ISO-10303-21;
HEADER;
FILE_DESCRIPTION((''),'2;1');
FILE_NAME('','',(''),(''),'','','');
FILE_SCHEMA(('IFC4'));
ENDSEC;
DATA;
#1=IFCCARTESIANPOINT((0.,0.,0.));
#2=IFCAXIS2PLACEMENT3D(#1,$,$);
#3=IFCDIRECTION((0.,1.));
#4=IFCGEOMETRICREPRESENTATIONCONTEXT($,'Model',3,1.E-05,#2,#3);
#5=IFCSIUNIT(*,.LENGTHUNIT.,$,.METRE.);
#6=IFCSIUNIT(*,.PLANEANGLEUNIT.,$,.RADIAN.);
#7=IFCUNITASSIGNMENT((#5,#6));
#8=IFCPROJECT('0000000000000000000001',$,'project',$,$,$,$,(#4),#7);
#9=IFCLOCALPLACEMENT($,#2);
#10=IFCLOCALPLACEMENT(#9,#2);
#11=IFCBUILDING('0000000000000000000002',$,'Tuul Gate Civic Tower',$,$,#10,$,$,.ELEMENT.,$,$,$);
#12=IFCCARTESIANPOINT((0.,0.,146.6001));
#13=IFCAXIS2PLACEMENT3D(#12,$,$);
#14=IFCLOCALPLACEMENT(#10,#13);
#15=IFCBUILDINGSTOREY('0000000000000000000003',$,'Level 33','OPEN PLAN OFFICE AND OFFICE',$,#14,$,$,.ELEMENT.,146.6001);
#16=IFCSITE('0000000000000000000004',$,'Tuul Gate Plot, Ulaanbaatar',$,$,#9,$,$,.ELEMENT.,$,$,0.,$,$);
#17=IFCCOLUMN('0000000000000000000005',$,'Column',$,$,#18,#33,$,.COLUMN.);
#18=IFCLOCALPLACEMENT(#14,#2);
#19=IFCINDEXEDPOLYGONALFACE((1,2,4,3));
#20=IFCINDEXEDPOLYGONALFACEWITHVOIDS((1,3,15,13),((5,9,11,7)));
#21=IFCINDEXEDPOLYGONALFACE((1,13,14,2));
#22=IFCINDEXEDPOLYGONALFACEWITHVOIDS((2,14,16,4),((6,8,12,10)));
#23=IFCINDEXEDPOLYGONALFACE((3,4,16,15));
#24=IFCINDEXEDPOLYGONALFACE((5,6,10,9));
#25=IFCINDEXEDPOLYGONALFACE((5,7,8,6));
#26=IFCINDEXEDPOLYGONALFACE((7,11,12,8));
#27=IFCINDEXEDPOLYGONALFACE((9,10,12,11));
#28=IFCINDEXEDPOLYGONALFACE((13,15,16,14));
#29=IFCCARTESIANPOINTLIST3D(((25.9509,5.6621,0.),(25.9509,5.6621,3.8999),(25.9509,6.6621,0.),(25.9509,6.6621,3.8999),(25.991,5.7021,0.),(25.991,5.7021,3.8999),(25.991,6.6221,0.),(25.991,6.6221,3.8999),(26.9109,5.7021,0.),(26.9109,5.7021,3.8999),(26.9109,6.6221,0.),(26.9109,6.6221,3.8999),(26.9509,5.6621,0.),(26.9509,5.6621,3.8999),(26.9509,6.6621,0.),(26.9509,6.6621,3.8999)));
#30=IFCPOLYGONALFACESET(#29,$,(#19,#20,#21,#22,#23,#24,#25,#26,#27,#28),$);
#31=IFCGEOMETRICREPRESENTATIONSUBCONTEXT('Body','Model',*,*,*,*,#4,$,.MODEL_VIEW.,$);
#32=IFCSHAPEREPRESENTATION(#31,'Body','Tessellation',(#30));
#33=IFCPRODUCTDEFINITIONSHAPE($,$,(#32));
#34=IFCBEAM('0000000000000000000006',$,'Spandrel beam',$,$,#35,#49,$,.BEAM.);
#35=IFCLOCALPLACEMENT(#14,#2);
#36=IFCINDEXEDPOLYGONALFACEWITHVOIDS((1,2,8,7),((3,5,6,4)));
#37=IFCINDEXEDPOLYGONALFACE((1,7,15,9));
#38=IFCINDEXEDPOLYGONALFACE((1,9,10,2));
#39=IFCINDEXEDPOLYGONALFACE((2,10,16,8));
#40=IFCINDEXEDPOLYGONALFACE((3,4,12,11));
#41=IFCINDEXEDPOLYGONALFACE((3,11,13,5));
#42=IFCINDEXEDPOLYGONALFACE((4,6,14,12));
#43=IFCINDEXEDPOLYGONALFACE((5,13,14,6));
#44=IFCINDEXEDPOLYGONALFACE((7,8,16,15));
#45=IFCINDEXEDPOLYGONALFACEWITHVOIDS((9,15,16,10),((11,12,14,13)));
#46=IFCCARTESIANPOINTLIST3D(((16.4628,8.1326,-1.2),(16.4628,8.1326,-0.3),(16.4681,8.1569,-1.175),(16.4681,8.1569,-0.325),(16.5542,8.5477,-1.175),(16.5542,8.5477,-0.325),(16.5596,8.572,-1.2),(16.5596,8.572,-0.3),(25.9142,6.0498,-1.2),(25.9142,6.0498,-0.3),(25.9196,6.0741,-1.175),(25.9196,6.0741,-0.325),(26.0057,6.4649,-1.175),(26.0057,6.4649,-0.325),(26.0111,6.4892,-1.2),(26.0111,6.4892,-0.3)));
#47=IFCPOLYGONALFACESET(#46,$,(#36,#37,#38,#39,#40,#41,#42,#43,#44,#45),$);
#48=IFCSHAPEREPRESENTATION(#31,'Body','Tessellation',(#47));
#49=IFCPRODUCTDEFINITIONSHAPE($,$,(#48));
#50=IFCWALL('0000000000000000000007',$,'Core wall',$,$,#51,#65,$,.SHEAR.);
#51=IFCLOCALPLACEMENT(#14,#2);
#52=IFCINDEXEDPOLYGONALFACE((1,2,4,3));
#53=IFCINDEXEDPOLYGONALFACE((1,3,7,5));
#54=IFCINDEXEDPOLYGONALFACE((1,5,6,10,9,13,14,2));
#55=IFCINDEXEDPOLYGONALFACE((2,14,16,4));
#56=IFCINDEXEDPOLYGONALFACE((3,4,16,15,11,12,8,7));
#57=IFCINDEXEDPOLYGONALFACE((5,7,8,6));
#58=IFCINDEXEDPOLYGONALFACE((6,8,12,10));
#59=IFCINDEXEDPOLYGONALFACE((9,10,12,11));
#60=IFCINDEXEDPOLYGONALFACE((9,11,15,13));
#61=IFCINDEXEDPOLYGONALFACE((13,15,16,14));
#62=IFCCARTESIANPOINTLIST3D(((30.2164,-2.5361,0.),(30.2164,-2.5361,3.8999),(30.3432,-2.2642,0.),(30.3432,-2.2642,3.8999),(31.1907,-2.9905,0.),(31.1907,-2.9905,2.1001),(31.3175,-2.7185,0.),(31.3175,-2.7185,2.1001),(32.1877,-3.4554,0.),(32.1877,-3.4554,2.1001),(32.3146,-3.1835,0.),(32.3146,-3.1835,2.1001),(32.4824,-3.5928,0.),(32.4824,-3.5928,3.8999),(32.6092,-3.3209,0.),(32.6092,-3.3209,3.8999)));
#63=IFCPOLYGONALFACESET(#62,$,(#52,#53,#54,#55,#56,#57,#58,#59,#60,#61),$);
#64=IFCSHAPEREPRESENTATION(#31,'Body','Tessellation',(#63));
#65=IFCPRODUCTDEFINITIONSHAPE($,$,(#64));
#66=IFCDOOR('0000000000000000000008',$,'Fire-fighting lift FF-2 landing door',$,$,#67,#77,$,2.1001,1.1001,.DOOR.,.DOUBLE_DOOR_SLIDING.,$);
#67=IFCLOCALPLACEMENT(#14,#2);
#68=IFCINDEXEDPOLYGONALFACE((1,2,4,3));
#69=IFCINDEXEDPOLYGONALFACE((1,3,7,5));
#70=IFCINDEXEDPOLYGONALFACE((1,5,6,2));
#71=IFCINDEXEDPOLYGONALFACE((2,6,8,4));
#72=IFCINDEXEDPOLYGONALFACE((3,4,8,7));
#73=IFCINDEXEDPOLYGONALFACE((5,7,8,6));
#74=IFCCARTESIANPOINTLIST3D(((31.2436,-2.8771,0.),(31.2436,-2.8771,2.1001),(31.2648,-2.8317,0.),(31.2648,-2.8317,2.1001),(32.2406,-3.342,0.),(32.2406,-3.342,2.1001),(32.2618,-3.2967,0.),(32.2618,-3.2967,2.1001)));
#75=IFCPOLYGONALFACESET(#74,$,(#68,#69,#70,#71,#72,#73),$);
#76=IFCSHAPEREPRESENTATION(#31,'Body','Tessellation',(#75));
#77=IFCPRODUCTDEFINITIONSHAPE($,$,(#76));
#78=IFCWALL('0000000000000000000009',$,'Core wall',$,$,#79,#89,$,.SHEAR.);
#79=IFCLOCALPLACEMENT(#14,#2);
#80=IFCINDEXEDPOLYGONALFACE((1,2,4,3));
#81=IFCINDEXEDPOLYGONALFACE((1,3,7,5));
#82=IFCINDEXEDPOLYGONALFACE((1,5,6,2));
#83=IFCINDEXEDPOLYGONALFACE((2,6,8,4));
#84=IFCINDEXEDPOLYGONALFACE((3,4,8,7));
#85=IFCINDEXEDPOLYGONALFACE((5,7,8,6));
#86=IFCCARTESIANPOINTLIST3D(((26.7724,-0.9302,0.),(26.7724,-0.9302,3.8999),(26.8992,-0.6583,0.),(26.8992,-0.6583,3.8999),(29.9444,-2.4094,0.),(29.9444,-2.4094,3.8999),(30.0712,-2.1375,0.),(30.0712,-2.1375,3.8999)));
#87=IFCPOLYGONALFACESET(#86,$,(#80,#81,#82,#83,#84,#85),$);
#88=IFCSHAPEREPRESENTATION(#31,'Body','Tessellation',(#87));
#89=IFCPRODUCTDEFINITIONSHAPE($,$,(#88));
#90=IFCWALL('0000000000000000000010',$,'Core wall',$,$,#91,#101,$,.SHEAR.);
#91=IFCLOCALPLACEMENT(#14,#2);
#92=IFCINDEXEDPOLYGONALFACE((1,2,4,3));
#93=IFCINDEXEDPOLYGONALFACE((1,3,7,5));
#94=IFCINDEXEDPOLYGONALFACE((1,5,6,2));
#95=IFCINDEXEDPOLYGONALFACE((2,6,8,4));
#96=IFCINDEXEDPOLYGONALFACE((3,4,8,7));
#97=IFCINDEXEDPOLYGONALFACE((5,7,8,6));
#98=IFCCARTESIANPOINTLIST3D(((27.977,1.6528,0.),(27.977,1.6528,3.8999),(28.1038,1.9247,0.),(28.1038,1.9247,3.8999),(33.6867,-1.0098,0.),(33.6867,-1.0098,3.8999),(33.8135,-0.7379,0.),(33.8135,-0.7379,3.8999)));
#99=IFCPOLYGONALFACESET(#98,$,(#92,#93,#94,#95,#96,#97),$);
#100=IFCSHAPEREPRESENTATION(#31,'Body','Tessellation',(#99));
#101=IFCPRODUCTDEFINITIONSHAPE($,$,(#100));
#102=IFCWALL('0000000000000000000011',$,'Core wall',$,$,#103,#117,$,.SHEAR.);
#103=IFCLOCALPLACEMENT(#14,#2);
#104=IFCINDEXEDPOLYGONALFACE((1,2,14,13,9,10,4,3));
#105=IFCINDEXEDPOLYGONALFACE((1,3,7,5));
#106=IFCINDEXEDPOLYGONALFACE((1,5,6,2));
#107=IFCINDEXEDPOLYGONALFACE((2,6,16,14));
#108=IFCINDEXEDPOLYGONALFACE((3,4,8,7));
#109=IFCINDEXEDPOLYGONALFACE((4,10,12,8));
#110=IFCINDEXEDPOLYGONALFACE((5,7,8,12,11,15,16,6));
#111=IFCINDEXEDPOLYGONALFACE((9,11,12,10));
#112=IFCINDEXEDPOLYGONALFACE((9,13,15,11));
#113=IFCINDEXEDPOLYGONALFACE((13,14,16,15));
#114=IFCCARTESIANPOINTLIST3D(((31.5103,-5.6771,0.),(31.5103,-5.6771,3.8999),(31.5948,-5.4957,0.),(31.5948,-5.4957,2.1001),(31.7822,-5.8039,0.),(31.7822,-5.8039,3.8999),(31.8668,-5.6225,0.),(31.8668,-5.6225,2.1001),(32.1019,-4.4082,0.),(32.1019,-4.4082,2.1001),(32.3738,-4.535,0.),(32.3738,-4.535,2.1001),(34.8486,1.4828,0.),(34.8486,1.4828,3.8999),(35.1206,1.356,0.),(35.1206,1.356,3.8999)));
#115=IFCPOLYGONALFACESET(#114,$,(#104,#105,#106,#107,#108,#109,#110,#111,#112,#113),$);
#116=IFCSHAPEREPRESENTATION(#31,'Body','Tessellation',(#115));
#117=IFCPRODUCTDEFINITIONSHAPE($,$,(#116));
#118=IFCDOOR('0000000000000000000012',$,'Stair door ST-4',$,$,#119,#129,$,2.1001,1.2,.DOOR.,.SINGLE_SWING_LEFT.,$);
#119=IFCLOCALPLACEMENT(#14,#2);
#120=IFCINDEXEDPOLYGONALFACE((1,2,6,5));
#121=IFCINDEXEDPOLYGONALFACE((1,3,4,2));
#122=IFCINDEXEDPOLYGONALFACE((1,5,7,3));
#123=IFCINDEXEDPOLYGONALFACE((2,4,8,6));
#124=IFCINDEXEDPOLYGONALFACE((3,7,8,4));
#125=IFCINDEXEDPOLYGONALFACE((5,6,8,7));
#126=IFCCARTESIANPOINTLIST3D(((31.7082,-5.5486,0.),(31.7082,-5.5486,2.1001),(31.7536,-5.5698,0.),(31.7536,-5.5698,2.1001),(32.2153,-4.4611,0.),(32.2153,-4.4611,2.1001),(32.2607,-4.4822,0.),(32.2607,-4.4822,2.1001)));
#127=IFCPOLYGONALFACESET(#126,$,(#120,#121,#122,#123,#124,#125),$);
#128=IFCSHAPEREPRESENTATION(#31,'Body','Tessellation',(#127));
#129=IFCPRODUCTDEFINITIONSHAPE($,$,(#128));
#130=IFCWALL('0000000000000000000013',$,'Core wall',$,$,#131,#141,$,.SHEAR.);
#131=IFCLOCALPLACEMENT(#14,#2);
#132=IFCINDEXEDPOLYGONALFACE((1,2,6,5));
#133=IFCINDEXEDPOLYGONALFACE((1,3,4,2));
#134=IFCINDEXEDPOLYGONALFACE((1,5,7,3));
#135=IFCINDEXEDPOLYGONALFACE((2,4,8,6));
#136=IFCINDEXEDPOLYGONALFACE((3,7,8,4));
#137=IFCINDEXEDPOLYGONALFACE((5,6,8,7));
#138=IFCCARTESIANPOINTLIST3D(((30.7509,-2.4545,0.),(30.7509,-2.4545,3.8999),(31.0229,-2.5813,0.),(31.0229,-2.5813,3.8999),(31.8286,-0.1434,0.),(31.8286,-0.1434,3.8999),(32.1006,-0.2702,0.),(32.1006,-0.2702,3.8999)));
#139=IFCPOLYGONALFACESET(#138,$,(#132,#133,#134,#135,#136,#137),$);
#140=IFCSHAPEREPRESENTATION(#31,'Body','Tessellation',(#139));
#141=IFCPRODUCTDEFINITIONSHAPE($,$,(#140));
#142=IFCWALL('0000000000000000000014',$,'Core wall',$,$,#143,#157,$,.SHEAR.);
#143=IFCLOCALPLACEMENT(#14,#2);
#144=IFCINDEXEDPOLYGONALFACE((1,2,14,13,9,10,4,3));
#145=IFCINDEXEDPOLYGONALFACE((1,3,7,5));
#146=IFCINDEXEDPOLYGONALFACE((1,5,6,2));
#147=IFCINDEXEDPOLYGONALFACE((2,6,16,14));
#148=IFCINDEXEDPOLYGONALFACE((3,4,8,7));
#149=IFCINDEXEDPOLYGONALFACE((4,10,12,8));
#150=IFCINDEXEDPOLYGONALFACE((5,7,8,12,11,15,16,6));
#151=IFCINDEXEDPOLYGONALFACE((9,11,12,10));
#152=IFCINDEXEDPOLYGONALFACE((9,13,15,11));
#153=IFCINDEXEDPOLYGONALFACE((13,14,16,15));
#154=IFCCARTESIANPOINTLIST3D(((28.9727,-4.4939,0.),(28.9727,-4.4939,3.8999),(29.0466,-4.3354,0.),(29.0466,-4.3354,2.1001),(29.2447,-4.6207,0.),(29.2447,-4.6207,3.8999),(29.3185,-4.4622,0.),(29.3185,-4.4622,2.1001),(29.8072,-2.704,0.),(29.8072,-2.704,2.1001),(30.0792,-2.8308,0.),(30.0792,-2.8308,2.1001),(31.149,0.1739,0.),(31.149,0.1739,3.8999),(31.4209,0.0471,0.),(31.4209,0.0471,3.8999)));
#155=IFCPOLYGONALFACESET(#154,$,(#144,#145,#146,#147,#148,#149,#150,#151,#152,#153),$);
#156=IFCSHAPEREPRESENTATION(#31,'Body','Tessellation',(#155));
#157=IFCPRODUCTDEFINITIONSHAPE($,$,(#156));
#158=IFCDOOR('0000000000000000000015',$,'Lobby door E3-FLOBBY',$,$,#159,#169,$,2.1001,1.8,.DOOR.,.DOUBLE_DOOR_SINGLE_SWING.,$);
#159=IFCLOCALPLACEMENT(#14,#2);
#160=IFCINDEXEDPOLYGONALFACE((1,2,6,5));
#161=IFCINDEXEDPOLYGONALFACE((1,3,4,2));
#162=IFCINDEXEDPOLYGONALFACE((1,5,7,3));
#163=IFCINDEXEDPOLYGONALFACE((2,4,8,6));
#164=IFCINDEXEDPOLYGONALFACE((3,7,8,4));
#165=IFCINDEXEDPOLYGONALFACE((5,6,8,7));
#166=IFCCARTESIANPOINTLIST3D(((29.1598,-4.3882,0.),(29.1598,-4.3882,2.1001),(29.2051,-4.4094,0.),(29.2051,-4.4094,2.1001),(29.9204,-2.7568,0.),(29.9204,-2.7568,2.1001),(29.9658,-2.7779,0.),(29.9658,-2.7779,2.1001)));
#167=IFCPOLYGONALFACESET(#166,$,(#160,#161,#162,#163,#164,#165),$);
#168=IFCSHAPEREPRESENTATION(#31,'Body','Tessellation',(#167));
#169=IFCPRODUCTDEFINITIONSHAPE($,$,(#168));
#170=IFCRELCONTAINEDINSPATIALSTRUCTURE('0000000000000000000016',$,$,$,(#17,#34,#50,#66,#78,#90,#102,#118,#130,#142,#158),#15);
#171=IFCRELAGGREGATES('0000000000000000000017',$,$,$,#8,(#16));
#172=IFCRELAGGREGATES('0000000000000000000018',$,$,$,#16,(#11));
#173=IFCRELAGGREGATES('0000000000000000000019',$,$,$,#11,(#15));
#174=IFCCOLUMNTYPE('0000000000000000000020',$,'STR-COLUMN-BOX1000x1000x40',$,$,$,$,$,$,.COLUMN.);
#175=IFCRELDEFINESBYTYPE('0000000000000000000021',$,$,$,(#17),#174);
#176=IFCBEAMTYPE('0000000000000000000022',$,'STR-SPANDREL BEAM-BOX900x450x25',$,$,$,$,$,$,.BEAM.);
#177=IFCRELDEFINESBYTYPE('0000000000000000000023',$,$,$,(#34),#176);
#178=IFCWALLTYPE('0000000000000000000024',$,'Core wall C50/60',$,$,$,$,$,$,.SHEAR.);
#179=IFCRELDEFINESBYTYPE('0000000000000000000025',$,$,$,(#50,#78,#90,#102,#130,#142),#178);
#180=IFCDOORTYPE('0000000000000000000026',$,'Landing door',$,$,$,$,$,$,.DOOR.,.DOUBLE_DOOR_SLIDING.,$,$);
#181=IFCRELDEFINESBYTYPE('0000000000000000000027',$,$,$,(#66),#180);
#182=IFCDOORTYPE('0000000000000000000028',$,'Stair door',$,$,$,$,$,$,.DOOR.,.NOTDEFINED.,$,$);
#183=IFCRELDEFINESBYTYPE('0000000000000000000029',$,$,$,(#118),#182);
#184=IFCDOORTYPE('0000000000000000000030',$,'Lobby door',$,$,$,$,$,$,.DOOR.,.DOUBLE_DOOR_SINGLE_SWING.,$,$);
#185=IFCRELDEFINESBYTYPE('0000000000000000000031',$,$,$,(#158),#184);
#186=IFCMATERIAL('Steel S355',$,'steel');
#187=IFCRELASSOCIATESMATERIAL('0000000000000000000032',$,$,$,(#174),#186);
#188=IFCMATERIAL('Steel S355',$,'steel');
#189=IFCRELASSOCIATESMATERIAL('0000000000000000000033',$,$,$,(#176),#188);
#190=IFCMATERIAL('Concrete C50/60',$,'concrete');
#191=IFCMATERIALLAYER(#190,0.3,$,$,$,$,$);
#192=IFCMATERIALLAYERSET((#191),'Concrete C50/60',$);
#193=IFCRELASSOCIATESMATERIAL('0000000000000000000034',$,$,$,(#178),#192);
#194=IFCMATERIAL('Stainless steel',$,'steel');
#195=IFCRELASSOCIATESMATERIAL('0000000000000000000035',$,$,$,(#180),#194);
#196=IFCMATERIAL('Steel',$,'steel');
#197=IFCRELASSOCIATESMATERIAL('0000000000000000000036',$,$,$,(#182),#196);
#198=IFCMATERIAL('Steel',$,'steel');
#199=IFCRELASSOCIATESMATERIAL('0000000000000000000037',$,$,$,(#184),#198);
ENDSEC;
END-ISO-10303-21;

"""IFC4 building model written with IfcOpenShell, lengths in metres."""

from ifc_helpers import new_model, si_unit, direction, frame, frame_2d, origin, origin_2d, place, context, subcontext, project, spatial, rectangle, hollow_rectangle, extrude, material, layer, layer_set, material_profile, profile_set, type_object, element, fill, save


model = new_model("IFC4")

# Units and contexts
model_context = context("Model", 3, precision=1e-05, world=origin(), true_north=direction((0.0, 1.0)))
body_context = subcontext(model_context, "Body", "Model", "MODEL_VIEW")
ifc_project = project(units=[si_unit("LENGTHUNIT", "METRE"), si_unit("PLANEANGLEUNIT", "RADIAN")], contexts=[model_context])

# Site, building, storey
site_placement = place(None, origin())
site = spatial("IfcSite", under=ifc_project, at=site_placement, Name="Tuul Gate Plot, Ulaanbaatar", CompositionType="ELEMENT", RefElevation=0.0)
building_placement = place(site_placement, origin())
building = spatial("IfcBuilding", under=site, at=building_placement, Name="Tuul Gate Civic Tower", CompositionType="ELEMENT")
storey_placement = place(building_placement, frame((0.0, 0.0, 146.6001)))
storey = spatial("IfcBuildingStorey", under=building, at=storey_placement, Name="Level 33", Description="OPEN PLAN OFFICE AND OFFICE", CompositionType="ELEMENT", Elevation=146.6001)

# Column
ifc_material_1 = material(Name="Steel S355", Category="steel")
ifc_material_profile_1 = material_profile(ifc_material_1, hollow_rectangle(XDim=1.0, YDim=1.0, WallThickness=0.04, at=origin_2d()), Name="BOX1000x1000x40")
ifc_profile_set_1 = profile_set([ifc_material_profile_1], Name="Steel S355")
column_type = type_object("IfcColumnType", Name="STR-COLUMN-BOX1000x1000x40", PredefinedType="COLUMN", material=ifc_profile_set_1)
column_placement = place(storey_placement, frame((26.4509, 6.1621, 0.0), z_axis=(0.0, 0.0, 1.0), x_axis=(1.0, 0.0, 0.0)))
element("IfcColumn", 1, at=column_placement, inside=storey, type_object=column_type, Name="Column", PredefinedType="COLUMN", context=body_context, shape_type="SweptSolid", body=[
    extrude(hollow_rectangle(XDim=1.0, YDim=1.0, WallThickness=0.04, at=origin_2d()), origin(), (0.0, 0.0, 1.0), 3.8999),
])

# Beam
ifc_material_2 = material(Name="Steel S355", Category="steel")
ifc_material_profile_2 = material_profile(ifc_material_2, hollow_rectangle(XDim=0.45, YDim=0.8999, WallThickness=0.0249, at=origin_2d()), Name="BOX900x450x25")
ifc_profile_set_2 = profile_set([ifc_material_profile_2], Name="Steel S355")
beam_type = type_object("IfcBeamType", Name="STR-SPANDREL BEAM-BOX900x450x25", PredefinedType="BEAM", material=ifc_profile_set_2)
beam_placement = place(storey_placement, frame((25.9626, 6.2695, -0.75), z_axis=(-0.97657, 0.215202, 0.0), x_axis=(-0.215202, -0.97657, 0.0)))
element("IfcBeam", 2, at=beam_placement, inside=storey, type_object=beam_type, Name="Spandrel beam", PredefinedType="BEAM", context=body_context, shape_type="SweptSolid", body=[
    extrude(hollow_rectangle(XDim=0.45, YDim=0.8999, WallThickness=0.0249, at=origin_2d()), origin(), (0.0, 0.0, 1.0), 9.6782),
])

# Wall, opening, door
ifc_material_3 = material(Name="Concrete C50/60", Category="concrete")
ifc_layer_1 = layer(ifc_material_3, 0.3)
ifc_layer_set_1 = layer_set([ifc_layer_1], Name="Concrete C50/60")
wall_type_1 = type_object("IfcWallType", Name="Core wall C50/60", PredefinedType="SHEAR", material=ifc_layer_set_1)
wall_1_placement = place(storey_placement, frame((32.5457, -3.4568, 0.0), z_axis=(0.0, 0.0, 1.0), x_axis=(-0.9063, 0.422634, 0.0)))
wall_1 = element("IfcWall", 3, at=wall_1_placement, inside=storey, type_object=wall_type_1, Name="Core wall", PredefinedType="SHEAR", context=body_context, shape_type="SweptSolid", body=[
    extrude(rectangle(XDim=2.5002, YDim=0.3, at=frame_2d((1.25, 0.0))), origin(), (0.0, 0.0, 1.0), 3.8999),
])
opening_1_placement = place(wall_1_placement, frame((0.325, 0.0, 0.0)))
opening_1 = element("IfcOpeningElement", 4, at=opening_1_placement, cuts=wall_1, PredefinedType="OPENING", context=body_context, shape_type="SweptSolid", body=[
    extrude(rectangle(XDim=1.1001, YDim=2.1001, at=frame_2d((0.55, 1.05))), frame((0.0, 0.1602, 0.0), z_axis=(0.0, -1.0, 0.0), x_axis=(1.0, 0.0, 0.0)), (0.0, 0.0, 1.0), 0.3201),
])
ifc_material_4 = material(Name="Stainless steel", Category="steel")
door_type_1 = type_object("IfcDoorType", Name="Landing door", OperationType="DOUBLE_DOOR_SLIDING", PredefinedType="DOOR", material=ifc_material_4)
door_1_placement = place(opening_1_placement, origin())
door_1 = element("IfcDoor", 5, at=door_1_placement, inside=storey, type_object=door_type_1, Name="Fire-fighting lift FF-2 landing door", OperationType="DOUBLE_DOOR_SLIDING", OverallHeight=2.1001, OverallWidth=1.1001, PredefinedType="DOOR", context=body_context, shape_type="SweptSolid", body=[
    extrude(rectangle(XDim=1.1001, YDim=2.1001, at=frame_2d((0.55, 1.05))), frame((0.0, 0.0249, 0.0), z_axis=(0.0, -1.0, 0.0), x_axis=(1.0, 0.0, 0.0)), (0.0, 0.0, 1.0), 0.05),
])
fill(opening_1, door_1)

# Walls
wall_2_placement = place(storey_placement, frame((30.0078, -2.2734, 0.0), z_axis=(0.0, 0.0, 1.0), x_axis=(-0.906301, 0.422633, 0.0)))
element("IfcWall", 6, at=wall_2_placement, inside=storey, type_object=wall_type_1, Name="Core wall", PredefinedType="SHEAR", context=body_context, shape_type="SweptSolid", body=[
    extrude(rectangle(XDim=3.5, YDim=0.3, at=frame_2d((1.75, 0.0))), origin(), (0.0, 0.0, 1.0), 3.8999),
])
wall_3_placement = place(storey_placement, frame((33.75, -0.8738, 0.0), z_axis=(0.0, 0.0, 1.0), x_axis=(-0.906301, 0.422633, 0.0)))
element("IfcWall", 7, at=wall_3_placement, inside=storey, type_object=wall_type_1, Name="Core wall", PredefinedType="SHEAR", context=body_context, shape_type="SweptSolid", body=[
    extrude(rectangle(XDim=6.3, YDim=0.3, at=frame_2d((3.1499, 0.0))), origin(), (0.0, 0.0, 1.0), 3.8999),
])

# Wall, opening, door
wall_4_placement = place(storey_placement, frame((31.6462, -5.7405, 0.0), z_axis=(0.0, 0.0, 1.0), x_axis=(0.422583, 0.906324, 0.0)))
wall_4 = element("IfcWall", 8, at=wall_4_placement, inside=storey, type_object=wall_type_1, Name="Core wall", PredefinedType="SHEAR", context=body_context, shape_type="SweptSolid", body=[
    extrude(rectangle(XDim=7.8999, YDim=0.3, at=frame_2d((3.95, 0.0))), origin(), (0.0, 0.0, 1.0), 3.8999),
])
opening_2_placement = place(wall_4_placement, frame((0.2, 0.0, 0.0)))
opening_2 = element("IfcOpeningElement", 9, at=opening_2_placement, cuts=wall_4, PredefinedType="OPENING", context=body_context, shape_type="SweptSolid", body=[
    extrude(rectangle(XDim=1.2, YDim=2.1001, at=frame_2d((0.6001, 1.05))), frame((0.0, 0.1602, 0.0), z_axis=(0.0, -1.0, 0.0), x_axis=(1.0, 0.0, 0.0)), (0.0, 0.0, 1.0), 0.3201),
])
ifc_material_5 = material(Name="Steel", Category="steel")
door_type_2 = type_object("IfcDoorType", Name="Stair door", OperationType="NOTDEFINED", PredefinedType="DOOR", material=ifc_material_5)
door_2_placement = place(opening_2_placement, origin())
door_2 = element("IfcDoor", 10, at=door_2_placement, inside=storey, type_object=door_type_2, Name="Stair door ST-4", OperationType="SINGLE_SWING_LEFT", OverallHeight=2.1001, OverallWidth=1.2, PredefinedType="DOOR", context=body_context, shape_type="SweptSolid", body=[
    extrude(rectangle(XDim=1.2, YDim=2.1001, at=frame_2d((0.6001, 1.05))), frame((0.0, 0.0249, 0.0), z_axis=(0.0, -1.0, 0.0), x_axis=(1.0, 0.0, 0.0)), (0.0, 0.0, 1.0), 0.05),
])
fill(opening_2, door_2)

# Wall
wall_5_placement = place(storey_placement, frame((30.887, -2.5178, 0.0), z_axis=(0.0, 0.0, 1.0), x_axis=(0.422613, 0.90631, 0.0)))
element("IfcWall", 11, at=wall_5_placement, inside=storey, type_object=wall_type_1, Name="Core wall", PredefinedType="SHEAR", context=body_context, shape_type="SweptSolid", body=[
    extrude(rectangle(XDim=2.55, YDim=0.3, at=frame_2d((1.2749, 0.0))), origin(), (0.0, 0.0, 1.0), 3.8999),
])

# Wall, opening, door
wall_6_placement = place(storey_placement, frame((29.1086, -4.5574, 0.0), z_axis=(0.0, 0.0, 1.0), x_axis=(0.422566, 0.906332, 0.0)))
wall_6 = element("IfcWall", 12, at=wall_6_placement, inside=storey, type_object=wall_type_1, Name="Core wall", PredefinedType="SHEAR", context=body_context, shape_type="SweptSolid", body=[
    extrude(rectangle(XDim=5.1501, YDim=0.3, at=frame_2d((2.5752, 0.0))), origin(), (0.0, 0.0, 1.0), 3.8999),
])
opening_3_placement = place(wall_6_placement, frame((0.175, 0.0, 0.0)))
opening_3 = element("IfcOpeningElement", 13, at=opening_3_placement, cuts=wall_6, PredefinedType="OPENING", context=body_context, shape_type="SweptSolid", body=[
    extrude(rectangle(XDim=1.8, YDim=2.1001, at=frame_2d((0.8999, 1.05))), frame((0.0, 0.1602, 0.0), z_axis=(0.0, -1.0, 0.0), x_axis=(1.0, 0.0, 0.0)), (0.0, 0.0, 1.0), 0.3201),
])
ifc_material_6 = material(Name="Steel", Category="steel")
door_type_3 = type_object("IfcDoorType", Name="Lobby door", OperationType="DOUBLE_DOOR_SINGLE_SWING", PredefinedType="DOOR", material=ifc_material_6)
door_3_placement = place(opening_3_placement, frame((1.8, 0.0, 0.0), z_axis=(0.0, 0.0, 1.0), x_axis=(-1.0, 0.0, 0.0)))
door_3 = element("IfcDoor", 14, at=door_3_placement, inside=storey, type_object=door_type_3, Name="Lobby door E3-FLOBBY", OperationType="DOUBLE_DOOR_SINGLE_SWING", OverallHeight=2.1001, OverallWidth=1.8, PredefinedType="DOOR", context=body_context, shape_type="SweptSolid", body=[
    extrude(rectangle(XDim=1.8, YDim=2.1001, at=frame_2d((0.9001, 1.05))), frame((0.0, 0.0249, 0.0), z_axis=(0.0, -1.0, 0.0), x_axis=(1.0, 0.0, 0.0)), (0.0, 0.0, 1.0), 0.05),
])
fill(opening_3, door_3)

save(model, "model.ifc")
